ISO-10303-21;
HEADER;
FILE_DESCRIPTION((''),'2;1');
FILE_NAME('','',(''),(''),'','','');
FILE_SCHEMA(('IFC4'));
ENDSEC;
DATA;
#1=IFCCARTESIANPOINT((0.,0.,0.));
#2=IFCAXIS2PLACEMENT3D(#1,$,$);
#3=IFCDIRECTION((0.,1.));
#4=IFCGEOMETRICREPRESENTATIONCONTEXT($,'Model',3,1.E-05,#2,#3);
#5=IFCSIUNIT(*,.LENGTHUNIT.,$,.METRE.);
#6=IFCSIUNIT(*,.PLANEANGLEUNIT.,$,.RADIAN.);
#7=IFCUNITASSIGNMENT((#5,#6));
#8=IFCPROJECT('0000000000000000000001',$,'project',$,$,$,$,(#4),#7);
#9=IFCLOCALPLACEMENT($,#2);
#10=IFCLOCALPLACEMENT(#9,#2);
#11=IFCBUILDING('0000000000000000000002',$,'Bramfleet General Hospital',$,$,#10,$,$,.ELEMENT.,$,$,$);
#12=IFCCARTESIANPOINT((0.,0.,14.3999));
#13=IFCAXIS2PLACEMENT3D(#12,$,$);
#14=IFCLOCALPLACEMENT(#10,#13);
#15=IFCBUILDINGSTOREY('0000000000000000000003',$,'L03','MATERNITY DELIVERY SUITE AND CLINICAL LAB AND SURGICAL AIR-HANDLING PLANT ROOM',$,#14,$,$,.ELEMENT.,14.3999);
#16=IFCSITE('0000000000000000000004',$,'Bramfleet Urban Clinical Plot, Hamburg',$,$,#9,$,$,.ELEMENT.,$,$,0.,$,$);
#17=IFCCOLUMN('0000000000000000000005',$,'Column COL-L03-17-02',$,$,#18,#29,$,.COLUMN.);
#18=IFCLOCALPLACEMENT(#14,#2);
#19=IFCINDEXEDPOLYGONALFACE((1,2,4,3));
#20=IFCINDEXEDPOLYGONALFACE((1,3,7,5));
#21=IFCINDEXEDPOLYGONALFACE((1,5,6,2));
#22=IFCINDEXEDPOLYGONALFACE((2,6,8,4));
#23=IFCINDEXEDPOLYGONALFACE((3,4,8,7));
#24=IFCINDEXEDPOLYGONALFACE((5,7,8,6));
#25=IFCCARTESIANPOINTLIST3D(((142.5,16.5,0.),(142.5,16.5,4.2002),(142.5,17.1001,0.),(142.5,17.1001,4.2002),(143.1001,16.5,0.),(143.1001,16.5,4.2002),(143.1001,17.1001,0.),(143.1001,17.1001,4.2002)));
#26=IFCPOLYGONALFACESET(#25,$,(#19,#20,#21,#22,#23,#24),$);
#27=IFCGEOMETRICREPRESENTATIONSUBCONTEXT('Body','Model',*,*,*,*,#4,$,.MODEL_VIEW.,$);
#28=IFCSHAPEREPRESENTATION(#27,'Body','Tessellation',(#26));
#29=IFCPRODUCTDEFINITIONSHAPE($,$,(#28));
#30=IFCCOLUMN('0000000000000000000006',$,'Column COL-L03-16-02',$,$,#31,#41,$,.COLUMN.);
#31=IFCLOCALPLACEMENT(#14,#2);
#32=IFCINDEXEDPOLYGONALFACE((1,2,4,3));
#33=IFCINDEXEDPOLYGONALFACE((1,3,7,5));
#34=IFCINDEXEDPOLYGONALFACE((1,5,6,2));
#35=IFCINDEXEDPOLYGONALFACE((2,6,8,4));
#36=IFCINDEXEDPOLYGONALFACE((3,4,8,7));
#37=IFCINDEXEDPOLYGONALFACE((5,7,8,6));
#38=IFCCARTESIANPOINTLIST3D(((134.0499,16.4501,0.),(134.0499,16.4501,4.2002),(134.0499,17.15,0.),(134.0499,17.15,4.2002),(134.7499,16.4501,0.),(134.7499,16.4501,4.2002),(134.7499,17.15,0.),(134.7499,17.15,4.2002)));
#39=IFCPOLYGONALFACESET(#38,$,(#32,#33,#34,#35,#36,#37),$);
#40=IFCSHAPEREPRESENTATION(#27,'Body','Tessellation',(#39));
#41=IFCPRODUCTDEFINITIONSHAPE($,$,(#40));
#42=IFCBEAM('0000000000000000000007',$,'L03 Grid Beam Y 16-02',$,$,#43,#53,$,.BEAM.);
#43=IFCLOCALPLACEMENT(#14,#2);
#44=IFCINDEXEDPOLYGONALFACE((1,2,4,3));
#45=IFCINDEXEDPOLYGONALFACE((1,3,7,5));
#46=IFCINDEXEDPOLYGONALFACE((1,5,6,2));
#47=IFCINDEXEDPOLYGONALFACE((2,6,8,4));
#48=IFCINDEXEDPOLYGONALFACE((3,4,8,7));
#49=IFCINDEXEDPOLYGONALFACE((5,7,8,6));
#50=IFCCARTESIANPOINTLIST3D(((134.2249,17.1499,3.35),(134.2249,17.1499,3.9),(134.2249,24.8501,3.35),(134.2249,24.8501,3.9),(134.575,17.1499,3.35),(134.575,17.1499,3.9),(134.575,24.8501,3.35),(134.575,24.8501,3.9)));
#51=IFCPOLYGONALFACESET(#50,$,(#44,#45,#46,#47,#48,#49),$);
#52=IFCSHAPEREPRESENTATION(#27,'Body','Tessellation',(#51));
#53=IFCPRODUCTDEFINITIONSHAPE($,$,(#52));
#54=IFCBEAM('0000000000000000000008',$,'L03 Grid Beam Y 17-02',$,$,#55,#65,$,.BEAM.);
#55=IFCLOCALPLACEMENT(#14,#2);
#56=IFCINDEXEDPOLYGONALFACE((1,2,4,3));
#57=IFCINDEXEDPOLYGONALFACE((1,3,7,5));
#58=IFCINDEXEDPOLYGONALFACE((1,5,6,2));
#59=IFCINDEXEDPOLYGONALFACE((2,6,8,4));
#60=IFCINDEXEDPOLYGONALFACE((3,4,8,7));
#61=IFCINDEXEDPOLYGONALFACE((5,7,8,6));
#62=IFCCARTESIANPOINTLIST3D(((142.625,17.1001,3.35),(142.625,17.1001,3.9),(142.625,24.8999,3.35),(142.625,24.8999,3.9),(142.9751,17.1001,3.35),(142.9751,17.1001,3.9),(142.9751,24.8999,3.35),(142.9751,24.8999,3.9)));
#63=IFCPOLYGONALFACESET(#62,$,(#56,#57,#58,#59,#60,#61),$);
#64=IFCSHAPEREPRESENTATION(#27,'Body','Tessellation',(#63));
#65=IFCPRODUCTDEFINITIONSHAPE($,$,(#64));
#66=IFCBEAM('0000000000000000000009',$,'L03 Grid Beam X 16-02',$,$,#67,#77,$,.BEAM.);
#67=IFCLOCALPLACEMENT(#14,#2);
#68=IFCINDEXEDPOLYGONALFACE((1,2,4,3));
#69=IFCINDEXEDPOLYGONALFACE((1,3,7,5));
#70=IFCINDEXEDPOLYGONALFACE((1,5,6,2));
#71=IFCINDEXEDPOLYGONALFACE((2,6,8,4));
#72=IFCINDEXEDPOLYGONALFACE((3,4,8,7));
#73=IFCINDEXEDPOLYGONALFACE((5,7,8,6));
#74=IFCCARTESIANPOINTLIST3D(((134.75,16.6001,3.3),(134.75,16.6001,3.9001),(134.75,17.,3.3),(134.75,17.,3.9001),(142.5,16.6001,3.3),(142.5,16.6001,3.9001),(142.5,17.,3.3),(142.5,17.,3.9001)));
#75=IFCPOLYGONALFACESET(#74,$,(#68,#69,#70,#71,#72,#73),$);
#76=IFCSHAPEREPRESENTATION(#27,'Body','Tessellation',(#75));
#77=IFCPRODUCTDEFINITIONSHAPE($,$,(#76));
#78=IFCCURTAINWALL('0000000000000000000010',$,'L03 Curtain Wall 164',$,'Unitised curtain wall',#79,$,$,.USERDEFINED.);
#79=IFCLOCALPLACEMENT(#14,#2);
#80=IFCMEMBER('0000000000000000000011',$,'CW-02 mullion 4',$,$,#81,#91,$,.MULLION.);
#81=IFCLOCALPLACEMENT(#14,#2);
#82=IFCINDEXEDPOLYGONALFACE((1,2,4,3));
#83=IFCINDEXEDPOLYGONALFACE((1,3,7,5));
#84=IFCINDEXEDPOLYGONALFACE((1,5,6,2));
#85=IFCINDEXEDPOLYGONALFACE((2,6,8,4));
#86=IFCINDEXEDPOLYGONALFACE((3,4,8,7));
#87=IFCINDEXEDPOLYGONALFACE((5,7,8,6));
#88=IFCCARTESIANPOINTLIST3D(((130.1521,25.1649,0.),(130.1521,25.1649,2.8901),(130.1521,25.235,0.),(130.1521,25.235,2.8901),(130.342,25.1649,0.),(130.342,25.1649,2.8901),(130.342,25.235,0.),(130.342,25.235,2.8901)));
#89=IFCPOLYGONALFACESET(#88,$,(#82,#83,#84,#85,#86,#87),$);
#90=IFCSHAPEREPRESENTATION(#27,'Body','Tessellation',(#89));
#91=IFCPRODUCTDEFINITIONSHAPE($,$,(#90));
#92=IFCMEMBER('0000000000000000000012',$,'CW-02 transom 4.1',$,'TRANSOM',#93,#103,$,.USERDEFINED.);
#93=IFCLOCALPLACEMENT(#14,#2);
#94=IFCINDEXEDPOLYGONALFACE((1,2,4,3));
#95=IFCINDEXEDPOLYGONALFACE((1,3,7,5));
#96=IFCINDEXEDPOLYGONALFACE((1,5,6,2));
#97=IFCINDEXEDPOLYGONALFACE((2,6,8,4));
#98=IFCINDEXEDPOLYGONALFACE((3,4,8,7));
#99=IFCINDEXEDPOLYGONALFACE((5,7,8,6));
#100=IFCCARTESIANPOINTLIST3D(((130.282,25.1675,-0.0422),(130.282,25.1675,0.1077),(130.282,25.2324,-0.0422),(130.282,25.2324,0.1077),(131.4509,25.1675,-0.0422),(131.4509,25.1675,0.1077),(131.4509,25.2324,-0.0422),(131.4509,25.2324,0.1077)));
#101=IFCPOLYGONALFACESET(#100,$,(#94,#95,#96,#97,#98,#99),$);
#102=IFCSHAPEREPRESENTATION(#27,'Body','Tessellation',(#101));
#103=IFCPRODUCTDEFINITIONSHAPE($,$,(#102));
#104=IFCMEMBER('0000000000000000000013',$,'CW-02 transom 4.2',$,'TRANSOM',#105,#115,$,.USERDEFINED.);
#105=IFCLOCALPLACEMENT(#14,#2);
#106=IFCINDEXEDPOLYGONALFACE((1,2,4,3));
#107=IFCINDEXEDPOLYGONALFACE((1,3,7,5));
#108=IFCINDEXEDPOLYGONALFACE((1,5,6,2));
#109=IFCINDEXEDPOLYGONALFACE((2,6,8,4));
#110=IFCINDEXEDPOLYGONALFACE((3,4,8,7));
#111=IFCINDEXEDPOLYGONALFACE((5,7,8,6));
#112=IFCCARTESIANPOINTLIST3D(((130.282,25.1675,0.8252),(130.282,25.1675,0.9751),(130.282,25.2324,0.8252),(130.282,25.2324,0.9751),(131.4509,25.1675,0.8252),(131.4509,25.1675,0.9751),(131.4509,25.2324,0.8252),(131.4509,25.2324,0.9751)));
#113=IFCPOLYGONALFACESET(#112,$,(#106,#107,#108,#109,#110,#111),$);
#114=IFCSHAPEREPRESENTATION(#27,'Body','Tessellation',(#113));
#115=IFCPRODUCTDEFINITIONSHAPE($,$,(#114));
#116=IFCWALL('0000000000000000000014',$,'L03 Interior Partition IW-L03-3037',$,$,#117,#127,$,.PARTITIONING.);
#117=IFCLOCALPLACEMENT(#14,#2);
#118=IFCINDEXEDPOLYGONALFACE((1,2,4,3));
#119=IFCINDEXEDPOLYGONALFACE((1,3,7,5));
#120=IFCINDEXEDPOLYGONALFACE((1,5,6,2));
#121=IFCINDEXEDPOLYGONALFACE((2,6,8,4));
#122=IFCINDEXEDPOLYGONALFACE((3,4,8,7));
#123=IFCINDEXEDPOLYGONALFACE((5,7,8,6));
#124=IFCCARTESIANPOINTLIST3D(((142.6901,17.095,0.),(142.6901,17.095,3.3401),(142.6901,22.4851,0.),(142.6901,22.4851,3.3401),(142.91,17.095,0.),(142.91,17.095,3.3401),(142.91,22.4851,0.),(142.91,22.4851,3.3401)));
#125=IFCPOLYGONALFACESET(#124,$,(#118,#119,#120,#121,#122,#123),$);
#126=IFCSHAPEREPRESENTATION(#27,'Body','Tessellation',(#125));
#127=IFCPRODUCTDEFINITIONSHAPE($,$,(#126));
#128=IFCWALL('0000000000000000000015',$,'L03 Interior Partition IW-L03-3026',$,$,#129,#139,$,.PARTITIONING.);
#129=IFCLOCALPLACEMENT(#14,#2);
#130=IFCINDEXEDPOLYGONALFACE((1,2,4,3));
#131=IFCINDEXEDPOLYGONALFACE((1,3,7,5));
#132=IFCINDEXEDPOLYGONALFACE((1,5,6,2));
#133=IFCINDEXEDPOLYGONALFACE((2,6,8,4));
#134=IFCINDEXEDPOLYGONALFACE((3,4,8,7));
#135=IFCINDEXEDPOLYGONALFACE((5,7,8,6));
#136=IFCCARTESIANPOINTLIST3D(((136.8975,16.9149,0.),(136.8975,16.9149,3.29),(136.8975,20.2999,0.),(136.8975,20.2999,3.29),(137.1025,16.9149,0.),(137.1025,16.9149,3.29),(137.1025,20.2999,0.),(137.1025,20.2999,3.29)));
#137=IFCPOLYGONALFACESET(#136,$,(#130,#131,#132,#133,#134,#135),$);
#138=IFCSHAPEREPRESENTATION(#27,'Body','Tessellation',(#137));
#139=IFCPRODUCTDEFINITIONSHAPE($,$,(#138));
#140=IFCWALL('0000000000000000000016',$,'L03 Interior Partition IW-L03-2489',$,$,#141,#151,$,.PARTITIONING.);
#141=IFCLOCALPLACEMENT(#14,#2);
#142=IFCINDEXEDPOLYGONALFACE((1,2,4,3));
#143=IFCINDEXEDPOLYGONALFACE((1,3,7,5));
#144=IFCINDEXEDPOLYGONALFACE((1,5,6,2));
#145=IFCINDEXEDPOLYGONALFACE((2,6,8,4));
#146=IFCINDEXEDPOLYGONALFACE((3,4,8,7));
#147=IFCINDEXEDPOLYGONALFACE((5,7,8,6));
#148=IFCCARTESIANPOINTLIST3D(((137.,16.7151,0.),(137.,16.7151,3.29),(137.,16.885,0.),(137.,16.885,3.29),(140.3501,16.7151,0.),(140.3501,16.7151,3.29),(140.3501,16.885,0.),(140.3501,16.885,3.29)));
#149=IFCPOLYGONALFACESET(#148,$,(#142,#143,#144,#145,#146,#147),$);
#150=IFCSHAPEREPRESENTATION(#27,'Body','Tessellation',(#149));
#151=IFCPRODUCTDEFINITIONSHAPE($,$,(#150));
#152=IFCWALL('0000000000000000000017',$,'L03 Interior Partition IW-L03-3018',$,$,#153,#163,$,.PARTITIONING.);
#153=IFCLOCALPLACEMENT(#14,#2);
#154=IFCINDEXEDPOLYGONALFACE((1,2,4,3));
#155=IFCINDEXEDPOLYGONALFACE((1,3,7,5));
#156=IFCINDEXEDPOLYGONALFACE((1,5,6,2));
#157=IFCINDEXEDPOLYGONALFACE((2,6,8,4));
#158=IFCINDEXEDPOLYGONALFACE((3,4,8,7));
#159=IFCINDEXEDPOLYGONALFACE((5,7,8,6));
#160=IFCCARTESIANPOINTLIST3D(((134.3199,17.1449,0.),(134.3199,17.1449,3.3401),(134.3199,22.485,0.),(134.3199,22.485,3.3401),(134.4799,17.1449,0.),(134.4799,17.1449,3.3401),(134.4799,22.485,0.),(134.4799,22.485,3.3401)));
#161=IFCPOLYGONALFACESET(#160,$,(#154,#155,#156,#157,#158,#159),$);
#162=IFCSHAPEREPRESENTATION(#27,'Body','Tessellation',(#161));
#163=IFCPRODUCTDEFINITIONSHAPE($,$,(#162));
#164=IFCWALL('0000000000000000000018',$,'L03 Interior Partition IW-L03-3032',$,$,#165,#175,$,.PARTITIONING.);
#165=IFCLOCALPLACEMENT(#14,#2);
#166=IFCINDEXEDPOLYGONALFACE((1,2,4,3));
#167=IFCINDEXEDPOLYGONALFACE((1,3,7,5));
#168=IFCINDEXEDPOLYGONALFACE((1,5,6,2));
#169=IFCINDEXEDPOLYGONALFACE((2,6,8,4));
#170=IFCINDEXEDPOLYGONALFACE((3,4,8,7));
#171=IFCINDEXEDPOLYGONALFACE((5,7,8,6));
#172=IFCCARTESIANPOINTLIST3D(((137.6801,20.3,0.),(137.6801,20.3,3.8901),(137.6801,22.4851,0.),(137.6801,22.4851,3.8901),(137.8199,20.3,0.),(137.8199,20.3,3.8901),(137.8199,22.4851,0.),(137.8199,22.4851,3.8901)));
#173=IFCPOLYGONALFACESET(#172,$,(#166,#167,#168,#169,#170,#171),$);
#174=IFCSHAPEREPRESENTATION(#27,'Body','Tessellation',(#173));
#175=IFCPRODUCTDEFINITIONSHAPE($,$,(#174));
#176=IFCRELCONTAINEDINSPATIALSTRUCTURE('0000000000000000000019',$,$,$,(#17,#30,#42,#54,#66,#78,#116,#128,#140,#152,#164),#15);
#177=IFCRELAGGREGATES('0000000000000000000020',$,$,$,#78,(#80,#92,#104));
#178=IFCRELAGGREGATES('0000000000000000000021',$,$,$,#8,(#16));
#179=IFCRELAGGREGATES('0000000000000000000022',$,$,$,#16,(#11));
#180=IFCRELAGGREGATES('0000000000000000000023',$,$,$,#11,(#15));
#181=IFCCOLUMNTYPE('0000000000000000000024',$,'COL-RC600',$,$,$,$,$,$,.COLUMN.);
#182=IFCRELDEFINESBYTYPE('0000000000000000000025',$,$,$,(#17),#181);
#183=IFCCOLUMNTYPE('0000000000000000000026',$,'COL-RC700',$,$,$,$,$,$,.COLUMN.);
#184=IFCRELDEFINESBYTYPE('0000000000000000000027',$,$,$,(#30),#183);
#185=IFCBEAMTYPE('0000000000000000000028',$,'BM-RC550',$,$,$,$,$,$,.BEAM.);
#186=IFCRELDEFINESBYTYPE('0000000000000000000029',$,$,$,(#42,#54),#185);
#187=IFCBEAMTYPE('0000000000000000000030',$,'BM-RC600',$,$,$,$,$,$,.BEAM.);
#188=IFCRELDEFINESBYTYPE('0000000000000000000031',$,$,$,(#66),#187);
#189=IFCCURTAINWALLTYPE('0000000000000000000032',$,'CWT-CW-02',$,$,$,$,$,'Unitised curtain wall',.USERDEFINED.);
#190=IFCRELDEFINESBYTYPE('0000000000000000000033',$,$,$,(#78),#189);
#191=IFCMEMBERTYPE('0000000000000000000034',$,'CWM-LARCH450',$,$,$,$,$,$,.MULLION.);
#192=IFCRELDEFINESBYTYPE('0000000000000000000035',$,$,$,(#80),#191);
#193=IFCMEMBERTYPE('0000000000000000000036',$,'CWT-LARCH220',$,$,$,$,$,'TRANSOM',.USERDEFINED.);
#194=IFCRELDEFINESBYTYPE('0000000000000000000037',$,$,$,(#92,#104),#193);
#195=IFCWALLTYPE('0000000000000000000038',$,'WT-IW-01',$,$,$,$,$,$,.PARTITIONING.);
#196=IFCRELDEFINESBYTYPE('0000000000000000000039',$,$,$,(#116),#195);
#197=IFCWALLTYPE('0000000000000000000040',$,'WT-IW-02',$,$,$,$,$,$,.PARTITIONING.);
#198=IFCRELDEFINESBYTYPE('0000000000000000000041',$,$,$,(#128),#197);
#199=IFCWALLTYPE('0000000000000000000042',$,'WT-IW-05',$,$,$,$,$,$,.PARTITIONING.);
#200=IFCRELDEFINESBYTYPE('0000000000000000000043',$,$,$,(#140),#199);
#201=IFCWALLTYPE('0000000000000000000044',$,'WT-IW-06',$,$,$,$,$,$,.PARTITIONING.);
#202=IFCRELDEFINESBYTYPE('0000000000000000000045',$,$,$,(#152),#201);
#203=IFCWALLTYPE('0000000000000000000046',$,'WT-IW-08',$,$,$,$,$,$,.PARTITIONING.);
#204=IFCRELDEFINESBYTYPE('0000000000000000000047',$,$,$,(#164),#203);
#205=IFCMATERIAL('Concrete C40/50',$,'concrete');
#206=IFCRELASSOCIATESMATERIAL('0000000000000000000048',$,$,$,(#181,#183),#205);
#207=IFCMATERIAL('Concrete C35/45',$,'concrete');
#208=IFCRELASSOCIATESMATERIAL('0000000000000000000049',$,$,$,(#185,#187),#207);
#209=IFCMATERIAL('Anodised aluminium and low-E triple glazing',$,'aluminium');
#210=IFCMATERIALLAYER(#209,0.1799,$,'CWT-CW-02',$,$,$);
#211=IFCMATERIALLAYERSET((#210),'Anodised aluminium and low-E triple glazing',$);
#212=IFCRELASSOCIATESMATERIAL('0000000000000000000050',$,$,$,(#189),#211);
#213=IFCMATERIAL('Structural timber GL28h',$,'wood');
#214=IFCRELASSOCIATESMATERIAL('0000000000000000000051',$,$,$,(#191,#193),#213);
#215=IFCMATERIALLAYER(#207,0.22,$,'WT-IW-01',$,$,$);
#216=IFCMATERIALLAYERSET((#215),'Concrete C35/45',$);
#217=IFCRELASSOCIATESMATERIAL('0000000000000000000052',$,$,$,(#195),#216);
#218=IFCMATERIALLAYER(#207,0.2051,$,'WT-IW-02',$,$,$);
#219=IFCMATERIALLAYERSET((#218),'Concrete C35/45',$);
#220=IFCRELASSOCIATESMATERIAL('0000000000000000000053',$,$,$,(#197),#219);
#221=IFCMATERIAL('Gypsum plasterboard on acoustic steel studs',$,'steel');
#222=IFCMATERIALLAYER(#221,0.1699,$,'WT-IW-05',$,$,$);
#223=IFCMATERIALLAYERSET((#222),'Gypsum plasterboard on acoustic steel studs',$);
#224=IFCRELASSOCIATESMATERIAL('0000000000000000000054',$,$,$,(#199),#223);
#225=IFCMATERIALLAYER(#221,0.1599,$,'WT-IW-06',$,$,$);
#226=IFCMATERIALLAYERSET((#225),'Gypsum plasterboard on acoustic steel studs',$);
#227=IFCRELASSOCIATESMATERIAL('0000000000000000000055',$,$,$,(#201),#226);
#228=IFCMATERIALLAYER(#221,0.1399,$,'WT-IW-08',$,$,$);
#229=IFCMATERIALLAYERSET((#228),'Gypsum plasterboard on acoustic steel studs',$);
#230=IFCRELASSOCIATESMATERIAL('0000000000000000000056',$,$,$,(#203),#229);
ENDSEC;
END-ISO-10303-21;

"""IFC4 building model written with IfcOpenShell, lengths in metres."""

from ifc_helpers import new_model, si_unit, direction, frame, frame_2d, origin, origin_2d, place, context, subcontext, project, spatial, rectangle, extrude, material, layer, layer_set, material_profile, profile_set, type_object, element, aggregate, save


model = new_model("IFC4")

# Units and contexts
model_context = context("Model", 3, precision=1e-05, world=origin(), true_north=direction((0.0, 1.0)))
body_context = subcontext(model_context, "Body", "Model", "MODEL_VIEW")
ifc_project = project(units=[si_unit("LENGTHUNIT", "METRE"), si_unit("PLANEANGLEUNIT", "RADIAN")], contexts=[model_context])

# Site, building, storey
site_placement = place(None, origin())
site = spatial("IfcSite", under=ifc_project, at=site_placement, Name="Bramfleet Urban Clinical Plot, Hamburg", CompositionType="ELEMENT", RefElevation=0.0)
building_placement = place(site_placement, origin())
building = spatial("IfcBuilding", under=site, at=building_placement, Name="Bramfleet General Hospital", CompositionType="ELEMENT")
storey_placement = place(building_placement, frame((0.0, 0.0, 14.3999)))
storey = spatial("IfcBuildingStorey", under=building, at=storey_placement, Name="L03", Description="MATERNITY DELIVERY SUITE AND CLINICAL LAB AND SURGICAL AIR-HANDLING PLANT ROOM", CompositionType="ELEMENT", Elevation=14.3999)

# Columns
ifc_material_1 = material(Name="Concrete C40/50", Category="concrete")
ifc_material_profile_1 = material_profile(ifc_material_1, rectangle(XDim=0.6001, YDim=0.6001, at=origin_2d()), Name="RC COL 600x600")
ifc_profile_set_1 = profile_set([ifc_material_profile_1], Name="Concrete C40/50")
column_type_1 = type_object("IfcColumnType", Name="COL-RC600", PredefinedType="COLUMN", material=ifc_profile_set_1)
column_1_placement = place(storey_placement, frame((142.8, 16.8, 0.0), z_axis=(0.0, 0.0, 1.0), x_axis=(1.0, 0.0, 0.0)))
element("IfcColumn", 1, at=column_1_placement, inside=storey, type_object=column_type_1, Name="Column COL-L03-17-02", PredefinedType="COLUMN", context=body_context, shape_type="SweptSolid", body=[
    extrude(rectangle(XDim=0.6001, YDim=0.6001, at=origin_2d()), origin(), (0.0, 0.0, 1.0), 4.2002),
])
ifc_material_profile_2 = material_profile(ifc_material_1, rectangle(XDim=0.7, YDim=0.7, at=origin_2d()), Name="RC COL 700x700")
ifc_profile_set_2 = profile_set([ifc_material_profile_2], Name="Concrete C40/50")
column_type_2 = type_object("IfcColumnType", Name="COL-RC700", PredefinedType="COLUMN", material=ifc_profile_set_2)
column_2_placement = place(storey_placement, frame((134.3999, 16.8, 0.0), z_axis=(0.0, 0.0, 1.0), x_axis=(1.0, 0.0, 0.0)))
element("IfcColumn", 2, at=column_2_placement, inside=storey, type_object=column_type_2, Name="Column COL-L03-16-02", PredefinedType="COLUMN", context=body_context, shape_type="SweptSolid", body=[
    extrude(rectangle(XDim=0.7, YDim=0.7, at=origin_2d()), origin(), (0.0, 0.0, 1.0), 4.2002),
])

# Beams
ifc_material_2 = material(Name="Concrete C35/45", Category="concrete")
ifc_material_profile_3 = material_profile(ifc_material_2, rectangle(XDim=0.3501, YDim=0.55, at=origin_2d()), Name="RC BM 550x350")
ifc_profile_set_3 = profile_set([ifc_material_profile_3], Name="Concrete C35/45")
beam_type_1 = type_object("IfcBeamType", Name="BM-RC550", PredefinedType="BEAM", material=ifc_profile_set_3)
beam_1_placement = place(storey_placement, frame((134.3999, 17.1499, 3.625), z_axis=(0.0, 1.0, 0.0), x_axis=(-1.0, 0.0, 0.0)))
element("IfcBeam", 3, at=beam_1_placement, inside=storey, type_object=beam_type_1, Name="L03 Grid Beam Y 16-02", PredefinedType="BEAM", context=body_context, shape_type="SweptSolid", body=[
    extrude(rectangle(XDim=0.3501, YDim=0.55, at=origin_2d()), origin(), (0.0, 0.0, 1.0), 7.7002),
])
beam_2_placement = place(storey_placement, frame((142.8, 17.1001, 3.625), z_axis=(0.0, 1.0, 0.0), x_axis=(-1.0, 0.0, 0.0)))
element("IfcBeam", 4, at=beam_2_placement, inside=storey, type_object=beam_type_1, Name="L03 Grid Beam Y 17-02", PredefinedType="BEAM", context=body_context, shape_type="SweptSolid", body=[
    extrude(rectangle(XDim=0.3501, YDim=0.55, at=origin_2d()), origin(), (0.0, 0.0, 1.0), 7.7998),
])
ifc_material_profile_4 = material_profile(ifc_material_2, rectangle(XDim=0.3999, YDim=0.6001, at=origin_2d()), Name="RC BM 600x400")
ifc_profile_set_4 = profile_set([ifc_material_profile_4], Name="Concrete C35/45")
beam_type_2 = type_object("IfcBeamType", Name="BM-RC600", PredefinedType="BEAM", material=ifc_profile_set_4)
beam_3_placement = place(storey_placement, frame((134.75, 16.8, 3.6001), z_axis=(1.0, 0.0, 0.0), x_axis=(0.0, 1.0, 0.0)))
element("IfcBeam", 5, at=beam_3_placement, inside=storey, type_object=beam_type_2, Name="L03 Grid Beam X 16-02", PredefinedType="BEAM", context=body_context, shape_type="SweptSolid", body=[
    extrude(rectangle(XDim=0.3999, YDim=0.6001, at=origin_2d()), origin(), (0.0, 0.0, 1.0), 7.75),
])

# Curtain wall, members
ifc_material_3 = material(Name="Anodised aluminium and low-E triple glazing", Category="aluminium")
ifc_layer_1 = layer(ifc_material_3, 0.1799, Name="CWT-CW-02")
ifc_layer_set_1 = layer_set([ifc_layer_1], Name="Anodised aluminium and low-E triple glazing")
curtain_wall_type = type_object("IfcCurtainWallType", Name="CWT-CW-02", ElementType="Unitised curtain wall", PredefinedType="USERDEFINED", material=ifc_layer_set_1)
curtain_wall_placement = place(storey_placement, origin())
curtain_wall = element("IfcCurtainWall", 6, at=curtain_wall_placement, inside=storey, type_object=curtain_wall_type, Name="L03 Curtain Wall 164", ObjectType="Unitised curtain wall", PredefinedType="USERDEFINED")
ifc_material_4 = material(Name="Structural timber GL28h", Category="wood")
ifc_material_profile_5 = material_profile(ifc_material_4, rectangle(XDim=0.0701, YDim=0.1899, at=origin_2d()), Name="LARCH 190x70")
ifc_profile_set_5 = profile_set([ifc_material_profile_5], Name="Structural timber GL28h")
member_type_1 = type_object("IfcMemberType", Name="CWM-LARCH450", PredefinedType="MULLION", material=ifc_profile_set_5)
member_1_placement = place(storey_placement, frame((130.2471, 25.2, 0.0), z_axis=(0.0, 0.0, 1.0), x_axis=(0.0, 1.0, 0.0)))
member_1 = element("IfcMember", 7, at=member_1_placement, type_object=member_type_1, Name="CW-02 mullion 4", PredefinedType="MULLION", context=body_context, shape_type="SweptSolid", body=[
    extrude(rectangle(XDim=0.0701, YDim=0.1899, at=origin_2d()), origin(), (0.0, 0.0, 1.0), 2.8901),
])
ifc_material_profile_6 = material_profile(ifc_material_4, rectangle(XDim=0.0649, YDim=0.1499, at=origin_2d()), Name="LARCH 150x65")
ifc_profile_set_6 = profile_set([ifc_material_profile_6], Name="Structural timber GL28h")
member_type_2 = type_object("IfcMemberType", Name="CWT-LARCH220", ElementType="TRANSOM", PredefinedType="USERDEFINED", material=ifc_profile_set_6)
member_2_placement = place(storey_placement, frame((130.282, 25.2, 0.0327), z_axis=(1.0, 0.0, 0.0), x_axis=(0.0, 1.0, 0.0)))
member_2 = element("IfcMember", 8, at=member_2_placement, type_object=member_type_2, Name="CW-02 transom 4.1", ObjectType="TRANSOM", PredefinedType="USERDEFINED", context=body_context, shape_type="SweptSolid", body=[
    extrude(rectangle(XDim=0.0649, YDim=0.1499, at=origin_2d()), origin(), (0.0, 0.0, 1.0), 1.1689),
])
member_3_placement = place(storey_placement, frame((130.282, 25.2, 0.9001), z_axis=(1.0, 0.0, 0.0), x_axis=(0.0, 1.0, 0.0)))
member_3 = element("IfcMember", 9, at=member_3_placement, type_object=member_type_2, Name="CW-02 transom 4.2", ObjectType="TRANSOM", PredefinedType="USERDEFINED", context=body_context, shape_type="SweptSolid", body=[
    extrude(rectangle(XDim=0.0649, YDim=0.1499, at=origin_2d()), origin(), (0.0, 0.0, 1.0), 1.1689),
])
aggregate(curtain_wall, [member_1, member_2, member_3])

# Walls
ifc_layer_2 = layer(ifc_material_2, 0.22, Name="WT-IW-01")
ifc_layer_set_2 = layer_set([ifc_layer_2], Name="Concrete C35/45")
wall_type_1 = type_object("IfcWallType", Name="WT-IW-01", PredefinedType="PARTITIONING", material=ifc_layer_set_2)
wall_1_placement = place(storey_placement, frame((142.8, 17.095, 0.0), z_axis=(0.0, 0.0, 1.0), x_axis=(0.0, 1.0, 0.0)))
element("IfcWall", 10, at=wall_1_placement, inside=storey, type_object=wall_type_1, Name="L03 Interior Partition IW-L03-3037", PredefinedType="PARTITIONING", context=body_context, shape_type="SweptSolid", body=[
    extrude(rectangle(XDim=5.3901, YDim=0.22, at=frame_2d((2.6951, 0.0))), origin(), (0.0, 0.0, 1.0), 3.3401),
])
ifc_layer_3 = layer(ifc_material_2, 0.2051, Name="WT-IW-02")
ifc_layer_set_3 = layer_set([ifc_layer_3], Name="Concrete C35/45")
wall_type_2 = type_object("IfcWallType", Name="WT-IW-02", PredefinedType="PARTITIONING", material=ifc_layer_set_3)
wall_2_placement = place(storey_placement, frame((137.0, 16.915, 0.0), z_axis=(0.0, 0.0, 1.0), x_axis=(0.0, 1.0, 0.0)))
element("IfcWall", 11, at=wall_2_placement, inside=storey, type_object=wall_type_2, Name="L03 Interior Partition IW-L03-3026", PredefinedType="PARTITIONING", context=body_context, shape_type="SweptSolid", body=[
    extrude(rectangle(XDim=3.385, YDim=0.2051, at=frame_2d((1.6924, 0.0))), origin(), (0.0, 0.0, 1.0), 3.29),
])
ifc_material_5 = material(Name="Gypsum plasterboard on acoustic steel studs", Category="steel")
ifc_layer_4 = layer(ifc_material_5, 0.1699, Name="WT-IW-05")
ifc_layer_set_4 = layer_set([ifc_layer_4], Name="Gypsum plasterboard on acoustic steel studs")
wall_type_3 = type_object("IfcWallType", Name="WT-IW-05", PredefinedType="PARTITIONING", material=ifc_layer_set_4)
wall_3_placement = place(storey_placement, frame((137.0, 16.8, 0.0), z_axis=(0.0, 0.0, 1.0), x_axis=(1.0, 0.0, 0.0)))
element("IfcWall", 12, at=wall_3_placement, inside=storey, type_object=wall_type_3, Name="L03 Interior Partition IW-L03-2489", PredefinedType="PARTITIONING", context=body_context, shape_type="SweptSolid", body=[
    extrude(rectangle(XDim=3.3501, YDim=0.1699, at=frame_2d((1.675, 0.0))), origin(), (0.0, 0.0, 1.0), 3.29),
])
ifc_layer_5 = layer(ifc_material_5, 0.1599, Name="WT-IW-06")
ifc_layer_set_5 = layer_set([ifc_layer_5], Name="Gypsum plasterboard on acoustic steel studs")
wall_type_4 = type_object("IfcWallType", Name="WT-IW-06", PredefinedType="PARTITIONING", material=ifc_layer_set_5)
wall_4_placement = place(storey_placement, frame((134.3999, 17.145, 0.0), z_axis=(0.0, 0.0, 1.0), x_axis=(0.0, 1.0, 0.0)))
element("IfcWall", 13, at=wall_4_placement, inside=storey, type_object=wall_type_4, Name="L03 Interior Partition IW-L03-3018", PredefinedType="PARTITIONING", context=body_context, shape_type="SweptSolid", body=[
    extrude(rectangle(XDim=5.3401, YDim=0.1599, at=frame_2d((2.6699, 0.0))), origin(), (0.0, 0.0, 1.0), 3.3401),
])
ifc_layer_6 = layer(ifc_material_5, 0.1399, Name="WT-IW-08")
ifc_layer_set_6 = layer_set([ifc_layer_6], Name="Gypsum plasterboard on acoustic steel studs")
wall_type_5 = type_object("IfcWallType", Name="WT-IW-08", PredefinedType="PARTITIONING", material=ifc_layer_set_6)
wall_5_placement = place(storey_placement, frame((137.75, 20.3, 0.0), z_axis=(0.0, 0.0, 1.0), x_axis=(0.0, 1.0, 0.0)))
element("IfcWall", 14, at=wall_5_placement, inside=storey, type_object=wall_type_5, Name="L03 Interior Partition IW-L03-3032", PredefinedType="PARTITIONING", context=body_context, shape_type="SweptSolid", body=[
    extrude(rectangle(XDim=2.1851, YDim=0.1399, at=frame_2d((1.0925, 0.0))), origin(), (0.0, 0.0, 1.0), 3.8901),
])

save(model, "model.ifc")
